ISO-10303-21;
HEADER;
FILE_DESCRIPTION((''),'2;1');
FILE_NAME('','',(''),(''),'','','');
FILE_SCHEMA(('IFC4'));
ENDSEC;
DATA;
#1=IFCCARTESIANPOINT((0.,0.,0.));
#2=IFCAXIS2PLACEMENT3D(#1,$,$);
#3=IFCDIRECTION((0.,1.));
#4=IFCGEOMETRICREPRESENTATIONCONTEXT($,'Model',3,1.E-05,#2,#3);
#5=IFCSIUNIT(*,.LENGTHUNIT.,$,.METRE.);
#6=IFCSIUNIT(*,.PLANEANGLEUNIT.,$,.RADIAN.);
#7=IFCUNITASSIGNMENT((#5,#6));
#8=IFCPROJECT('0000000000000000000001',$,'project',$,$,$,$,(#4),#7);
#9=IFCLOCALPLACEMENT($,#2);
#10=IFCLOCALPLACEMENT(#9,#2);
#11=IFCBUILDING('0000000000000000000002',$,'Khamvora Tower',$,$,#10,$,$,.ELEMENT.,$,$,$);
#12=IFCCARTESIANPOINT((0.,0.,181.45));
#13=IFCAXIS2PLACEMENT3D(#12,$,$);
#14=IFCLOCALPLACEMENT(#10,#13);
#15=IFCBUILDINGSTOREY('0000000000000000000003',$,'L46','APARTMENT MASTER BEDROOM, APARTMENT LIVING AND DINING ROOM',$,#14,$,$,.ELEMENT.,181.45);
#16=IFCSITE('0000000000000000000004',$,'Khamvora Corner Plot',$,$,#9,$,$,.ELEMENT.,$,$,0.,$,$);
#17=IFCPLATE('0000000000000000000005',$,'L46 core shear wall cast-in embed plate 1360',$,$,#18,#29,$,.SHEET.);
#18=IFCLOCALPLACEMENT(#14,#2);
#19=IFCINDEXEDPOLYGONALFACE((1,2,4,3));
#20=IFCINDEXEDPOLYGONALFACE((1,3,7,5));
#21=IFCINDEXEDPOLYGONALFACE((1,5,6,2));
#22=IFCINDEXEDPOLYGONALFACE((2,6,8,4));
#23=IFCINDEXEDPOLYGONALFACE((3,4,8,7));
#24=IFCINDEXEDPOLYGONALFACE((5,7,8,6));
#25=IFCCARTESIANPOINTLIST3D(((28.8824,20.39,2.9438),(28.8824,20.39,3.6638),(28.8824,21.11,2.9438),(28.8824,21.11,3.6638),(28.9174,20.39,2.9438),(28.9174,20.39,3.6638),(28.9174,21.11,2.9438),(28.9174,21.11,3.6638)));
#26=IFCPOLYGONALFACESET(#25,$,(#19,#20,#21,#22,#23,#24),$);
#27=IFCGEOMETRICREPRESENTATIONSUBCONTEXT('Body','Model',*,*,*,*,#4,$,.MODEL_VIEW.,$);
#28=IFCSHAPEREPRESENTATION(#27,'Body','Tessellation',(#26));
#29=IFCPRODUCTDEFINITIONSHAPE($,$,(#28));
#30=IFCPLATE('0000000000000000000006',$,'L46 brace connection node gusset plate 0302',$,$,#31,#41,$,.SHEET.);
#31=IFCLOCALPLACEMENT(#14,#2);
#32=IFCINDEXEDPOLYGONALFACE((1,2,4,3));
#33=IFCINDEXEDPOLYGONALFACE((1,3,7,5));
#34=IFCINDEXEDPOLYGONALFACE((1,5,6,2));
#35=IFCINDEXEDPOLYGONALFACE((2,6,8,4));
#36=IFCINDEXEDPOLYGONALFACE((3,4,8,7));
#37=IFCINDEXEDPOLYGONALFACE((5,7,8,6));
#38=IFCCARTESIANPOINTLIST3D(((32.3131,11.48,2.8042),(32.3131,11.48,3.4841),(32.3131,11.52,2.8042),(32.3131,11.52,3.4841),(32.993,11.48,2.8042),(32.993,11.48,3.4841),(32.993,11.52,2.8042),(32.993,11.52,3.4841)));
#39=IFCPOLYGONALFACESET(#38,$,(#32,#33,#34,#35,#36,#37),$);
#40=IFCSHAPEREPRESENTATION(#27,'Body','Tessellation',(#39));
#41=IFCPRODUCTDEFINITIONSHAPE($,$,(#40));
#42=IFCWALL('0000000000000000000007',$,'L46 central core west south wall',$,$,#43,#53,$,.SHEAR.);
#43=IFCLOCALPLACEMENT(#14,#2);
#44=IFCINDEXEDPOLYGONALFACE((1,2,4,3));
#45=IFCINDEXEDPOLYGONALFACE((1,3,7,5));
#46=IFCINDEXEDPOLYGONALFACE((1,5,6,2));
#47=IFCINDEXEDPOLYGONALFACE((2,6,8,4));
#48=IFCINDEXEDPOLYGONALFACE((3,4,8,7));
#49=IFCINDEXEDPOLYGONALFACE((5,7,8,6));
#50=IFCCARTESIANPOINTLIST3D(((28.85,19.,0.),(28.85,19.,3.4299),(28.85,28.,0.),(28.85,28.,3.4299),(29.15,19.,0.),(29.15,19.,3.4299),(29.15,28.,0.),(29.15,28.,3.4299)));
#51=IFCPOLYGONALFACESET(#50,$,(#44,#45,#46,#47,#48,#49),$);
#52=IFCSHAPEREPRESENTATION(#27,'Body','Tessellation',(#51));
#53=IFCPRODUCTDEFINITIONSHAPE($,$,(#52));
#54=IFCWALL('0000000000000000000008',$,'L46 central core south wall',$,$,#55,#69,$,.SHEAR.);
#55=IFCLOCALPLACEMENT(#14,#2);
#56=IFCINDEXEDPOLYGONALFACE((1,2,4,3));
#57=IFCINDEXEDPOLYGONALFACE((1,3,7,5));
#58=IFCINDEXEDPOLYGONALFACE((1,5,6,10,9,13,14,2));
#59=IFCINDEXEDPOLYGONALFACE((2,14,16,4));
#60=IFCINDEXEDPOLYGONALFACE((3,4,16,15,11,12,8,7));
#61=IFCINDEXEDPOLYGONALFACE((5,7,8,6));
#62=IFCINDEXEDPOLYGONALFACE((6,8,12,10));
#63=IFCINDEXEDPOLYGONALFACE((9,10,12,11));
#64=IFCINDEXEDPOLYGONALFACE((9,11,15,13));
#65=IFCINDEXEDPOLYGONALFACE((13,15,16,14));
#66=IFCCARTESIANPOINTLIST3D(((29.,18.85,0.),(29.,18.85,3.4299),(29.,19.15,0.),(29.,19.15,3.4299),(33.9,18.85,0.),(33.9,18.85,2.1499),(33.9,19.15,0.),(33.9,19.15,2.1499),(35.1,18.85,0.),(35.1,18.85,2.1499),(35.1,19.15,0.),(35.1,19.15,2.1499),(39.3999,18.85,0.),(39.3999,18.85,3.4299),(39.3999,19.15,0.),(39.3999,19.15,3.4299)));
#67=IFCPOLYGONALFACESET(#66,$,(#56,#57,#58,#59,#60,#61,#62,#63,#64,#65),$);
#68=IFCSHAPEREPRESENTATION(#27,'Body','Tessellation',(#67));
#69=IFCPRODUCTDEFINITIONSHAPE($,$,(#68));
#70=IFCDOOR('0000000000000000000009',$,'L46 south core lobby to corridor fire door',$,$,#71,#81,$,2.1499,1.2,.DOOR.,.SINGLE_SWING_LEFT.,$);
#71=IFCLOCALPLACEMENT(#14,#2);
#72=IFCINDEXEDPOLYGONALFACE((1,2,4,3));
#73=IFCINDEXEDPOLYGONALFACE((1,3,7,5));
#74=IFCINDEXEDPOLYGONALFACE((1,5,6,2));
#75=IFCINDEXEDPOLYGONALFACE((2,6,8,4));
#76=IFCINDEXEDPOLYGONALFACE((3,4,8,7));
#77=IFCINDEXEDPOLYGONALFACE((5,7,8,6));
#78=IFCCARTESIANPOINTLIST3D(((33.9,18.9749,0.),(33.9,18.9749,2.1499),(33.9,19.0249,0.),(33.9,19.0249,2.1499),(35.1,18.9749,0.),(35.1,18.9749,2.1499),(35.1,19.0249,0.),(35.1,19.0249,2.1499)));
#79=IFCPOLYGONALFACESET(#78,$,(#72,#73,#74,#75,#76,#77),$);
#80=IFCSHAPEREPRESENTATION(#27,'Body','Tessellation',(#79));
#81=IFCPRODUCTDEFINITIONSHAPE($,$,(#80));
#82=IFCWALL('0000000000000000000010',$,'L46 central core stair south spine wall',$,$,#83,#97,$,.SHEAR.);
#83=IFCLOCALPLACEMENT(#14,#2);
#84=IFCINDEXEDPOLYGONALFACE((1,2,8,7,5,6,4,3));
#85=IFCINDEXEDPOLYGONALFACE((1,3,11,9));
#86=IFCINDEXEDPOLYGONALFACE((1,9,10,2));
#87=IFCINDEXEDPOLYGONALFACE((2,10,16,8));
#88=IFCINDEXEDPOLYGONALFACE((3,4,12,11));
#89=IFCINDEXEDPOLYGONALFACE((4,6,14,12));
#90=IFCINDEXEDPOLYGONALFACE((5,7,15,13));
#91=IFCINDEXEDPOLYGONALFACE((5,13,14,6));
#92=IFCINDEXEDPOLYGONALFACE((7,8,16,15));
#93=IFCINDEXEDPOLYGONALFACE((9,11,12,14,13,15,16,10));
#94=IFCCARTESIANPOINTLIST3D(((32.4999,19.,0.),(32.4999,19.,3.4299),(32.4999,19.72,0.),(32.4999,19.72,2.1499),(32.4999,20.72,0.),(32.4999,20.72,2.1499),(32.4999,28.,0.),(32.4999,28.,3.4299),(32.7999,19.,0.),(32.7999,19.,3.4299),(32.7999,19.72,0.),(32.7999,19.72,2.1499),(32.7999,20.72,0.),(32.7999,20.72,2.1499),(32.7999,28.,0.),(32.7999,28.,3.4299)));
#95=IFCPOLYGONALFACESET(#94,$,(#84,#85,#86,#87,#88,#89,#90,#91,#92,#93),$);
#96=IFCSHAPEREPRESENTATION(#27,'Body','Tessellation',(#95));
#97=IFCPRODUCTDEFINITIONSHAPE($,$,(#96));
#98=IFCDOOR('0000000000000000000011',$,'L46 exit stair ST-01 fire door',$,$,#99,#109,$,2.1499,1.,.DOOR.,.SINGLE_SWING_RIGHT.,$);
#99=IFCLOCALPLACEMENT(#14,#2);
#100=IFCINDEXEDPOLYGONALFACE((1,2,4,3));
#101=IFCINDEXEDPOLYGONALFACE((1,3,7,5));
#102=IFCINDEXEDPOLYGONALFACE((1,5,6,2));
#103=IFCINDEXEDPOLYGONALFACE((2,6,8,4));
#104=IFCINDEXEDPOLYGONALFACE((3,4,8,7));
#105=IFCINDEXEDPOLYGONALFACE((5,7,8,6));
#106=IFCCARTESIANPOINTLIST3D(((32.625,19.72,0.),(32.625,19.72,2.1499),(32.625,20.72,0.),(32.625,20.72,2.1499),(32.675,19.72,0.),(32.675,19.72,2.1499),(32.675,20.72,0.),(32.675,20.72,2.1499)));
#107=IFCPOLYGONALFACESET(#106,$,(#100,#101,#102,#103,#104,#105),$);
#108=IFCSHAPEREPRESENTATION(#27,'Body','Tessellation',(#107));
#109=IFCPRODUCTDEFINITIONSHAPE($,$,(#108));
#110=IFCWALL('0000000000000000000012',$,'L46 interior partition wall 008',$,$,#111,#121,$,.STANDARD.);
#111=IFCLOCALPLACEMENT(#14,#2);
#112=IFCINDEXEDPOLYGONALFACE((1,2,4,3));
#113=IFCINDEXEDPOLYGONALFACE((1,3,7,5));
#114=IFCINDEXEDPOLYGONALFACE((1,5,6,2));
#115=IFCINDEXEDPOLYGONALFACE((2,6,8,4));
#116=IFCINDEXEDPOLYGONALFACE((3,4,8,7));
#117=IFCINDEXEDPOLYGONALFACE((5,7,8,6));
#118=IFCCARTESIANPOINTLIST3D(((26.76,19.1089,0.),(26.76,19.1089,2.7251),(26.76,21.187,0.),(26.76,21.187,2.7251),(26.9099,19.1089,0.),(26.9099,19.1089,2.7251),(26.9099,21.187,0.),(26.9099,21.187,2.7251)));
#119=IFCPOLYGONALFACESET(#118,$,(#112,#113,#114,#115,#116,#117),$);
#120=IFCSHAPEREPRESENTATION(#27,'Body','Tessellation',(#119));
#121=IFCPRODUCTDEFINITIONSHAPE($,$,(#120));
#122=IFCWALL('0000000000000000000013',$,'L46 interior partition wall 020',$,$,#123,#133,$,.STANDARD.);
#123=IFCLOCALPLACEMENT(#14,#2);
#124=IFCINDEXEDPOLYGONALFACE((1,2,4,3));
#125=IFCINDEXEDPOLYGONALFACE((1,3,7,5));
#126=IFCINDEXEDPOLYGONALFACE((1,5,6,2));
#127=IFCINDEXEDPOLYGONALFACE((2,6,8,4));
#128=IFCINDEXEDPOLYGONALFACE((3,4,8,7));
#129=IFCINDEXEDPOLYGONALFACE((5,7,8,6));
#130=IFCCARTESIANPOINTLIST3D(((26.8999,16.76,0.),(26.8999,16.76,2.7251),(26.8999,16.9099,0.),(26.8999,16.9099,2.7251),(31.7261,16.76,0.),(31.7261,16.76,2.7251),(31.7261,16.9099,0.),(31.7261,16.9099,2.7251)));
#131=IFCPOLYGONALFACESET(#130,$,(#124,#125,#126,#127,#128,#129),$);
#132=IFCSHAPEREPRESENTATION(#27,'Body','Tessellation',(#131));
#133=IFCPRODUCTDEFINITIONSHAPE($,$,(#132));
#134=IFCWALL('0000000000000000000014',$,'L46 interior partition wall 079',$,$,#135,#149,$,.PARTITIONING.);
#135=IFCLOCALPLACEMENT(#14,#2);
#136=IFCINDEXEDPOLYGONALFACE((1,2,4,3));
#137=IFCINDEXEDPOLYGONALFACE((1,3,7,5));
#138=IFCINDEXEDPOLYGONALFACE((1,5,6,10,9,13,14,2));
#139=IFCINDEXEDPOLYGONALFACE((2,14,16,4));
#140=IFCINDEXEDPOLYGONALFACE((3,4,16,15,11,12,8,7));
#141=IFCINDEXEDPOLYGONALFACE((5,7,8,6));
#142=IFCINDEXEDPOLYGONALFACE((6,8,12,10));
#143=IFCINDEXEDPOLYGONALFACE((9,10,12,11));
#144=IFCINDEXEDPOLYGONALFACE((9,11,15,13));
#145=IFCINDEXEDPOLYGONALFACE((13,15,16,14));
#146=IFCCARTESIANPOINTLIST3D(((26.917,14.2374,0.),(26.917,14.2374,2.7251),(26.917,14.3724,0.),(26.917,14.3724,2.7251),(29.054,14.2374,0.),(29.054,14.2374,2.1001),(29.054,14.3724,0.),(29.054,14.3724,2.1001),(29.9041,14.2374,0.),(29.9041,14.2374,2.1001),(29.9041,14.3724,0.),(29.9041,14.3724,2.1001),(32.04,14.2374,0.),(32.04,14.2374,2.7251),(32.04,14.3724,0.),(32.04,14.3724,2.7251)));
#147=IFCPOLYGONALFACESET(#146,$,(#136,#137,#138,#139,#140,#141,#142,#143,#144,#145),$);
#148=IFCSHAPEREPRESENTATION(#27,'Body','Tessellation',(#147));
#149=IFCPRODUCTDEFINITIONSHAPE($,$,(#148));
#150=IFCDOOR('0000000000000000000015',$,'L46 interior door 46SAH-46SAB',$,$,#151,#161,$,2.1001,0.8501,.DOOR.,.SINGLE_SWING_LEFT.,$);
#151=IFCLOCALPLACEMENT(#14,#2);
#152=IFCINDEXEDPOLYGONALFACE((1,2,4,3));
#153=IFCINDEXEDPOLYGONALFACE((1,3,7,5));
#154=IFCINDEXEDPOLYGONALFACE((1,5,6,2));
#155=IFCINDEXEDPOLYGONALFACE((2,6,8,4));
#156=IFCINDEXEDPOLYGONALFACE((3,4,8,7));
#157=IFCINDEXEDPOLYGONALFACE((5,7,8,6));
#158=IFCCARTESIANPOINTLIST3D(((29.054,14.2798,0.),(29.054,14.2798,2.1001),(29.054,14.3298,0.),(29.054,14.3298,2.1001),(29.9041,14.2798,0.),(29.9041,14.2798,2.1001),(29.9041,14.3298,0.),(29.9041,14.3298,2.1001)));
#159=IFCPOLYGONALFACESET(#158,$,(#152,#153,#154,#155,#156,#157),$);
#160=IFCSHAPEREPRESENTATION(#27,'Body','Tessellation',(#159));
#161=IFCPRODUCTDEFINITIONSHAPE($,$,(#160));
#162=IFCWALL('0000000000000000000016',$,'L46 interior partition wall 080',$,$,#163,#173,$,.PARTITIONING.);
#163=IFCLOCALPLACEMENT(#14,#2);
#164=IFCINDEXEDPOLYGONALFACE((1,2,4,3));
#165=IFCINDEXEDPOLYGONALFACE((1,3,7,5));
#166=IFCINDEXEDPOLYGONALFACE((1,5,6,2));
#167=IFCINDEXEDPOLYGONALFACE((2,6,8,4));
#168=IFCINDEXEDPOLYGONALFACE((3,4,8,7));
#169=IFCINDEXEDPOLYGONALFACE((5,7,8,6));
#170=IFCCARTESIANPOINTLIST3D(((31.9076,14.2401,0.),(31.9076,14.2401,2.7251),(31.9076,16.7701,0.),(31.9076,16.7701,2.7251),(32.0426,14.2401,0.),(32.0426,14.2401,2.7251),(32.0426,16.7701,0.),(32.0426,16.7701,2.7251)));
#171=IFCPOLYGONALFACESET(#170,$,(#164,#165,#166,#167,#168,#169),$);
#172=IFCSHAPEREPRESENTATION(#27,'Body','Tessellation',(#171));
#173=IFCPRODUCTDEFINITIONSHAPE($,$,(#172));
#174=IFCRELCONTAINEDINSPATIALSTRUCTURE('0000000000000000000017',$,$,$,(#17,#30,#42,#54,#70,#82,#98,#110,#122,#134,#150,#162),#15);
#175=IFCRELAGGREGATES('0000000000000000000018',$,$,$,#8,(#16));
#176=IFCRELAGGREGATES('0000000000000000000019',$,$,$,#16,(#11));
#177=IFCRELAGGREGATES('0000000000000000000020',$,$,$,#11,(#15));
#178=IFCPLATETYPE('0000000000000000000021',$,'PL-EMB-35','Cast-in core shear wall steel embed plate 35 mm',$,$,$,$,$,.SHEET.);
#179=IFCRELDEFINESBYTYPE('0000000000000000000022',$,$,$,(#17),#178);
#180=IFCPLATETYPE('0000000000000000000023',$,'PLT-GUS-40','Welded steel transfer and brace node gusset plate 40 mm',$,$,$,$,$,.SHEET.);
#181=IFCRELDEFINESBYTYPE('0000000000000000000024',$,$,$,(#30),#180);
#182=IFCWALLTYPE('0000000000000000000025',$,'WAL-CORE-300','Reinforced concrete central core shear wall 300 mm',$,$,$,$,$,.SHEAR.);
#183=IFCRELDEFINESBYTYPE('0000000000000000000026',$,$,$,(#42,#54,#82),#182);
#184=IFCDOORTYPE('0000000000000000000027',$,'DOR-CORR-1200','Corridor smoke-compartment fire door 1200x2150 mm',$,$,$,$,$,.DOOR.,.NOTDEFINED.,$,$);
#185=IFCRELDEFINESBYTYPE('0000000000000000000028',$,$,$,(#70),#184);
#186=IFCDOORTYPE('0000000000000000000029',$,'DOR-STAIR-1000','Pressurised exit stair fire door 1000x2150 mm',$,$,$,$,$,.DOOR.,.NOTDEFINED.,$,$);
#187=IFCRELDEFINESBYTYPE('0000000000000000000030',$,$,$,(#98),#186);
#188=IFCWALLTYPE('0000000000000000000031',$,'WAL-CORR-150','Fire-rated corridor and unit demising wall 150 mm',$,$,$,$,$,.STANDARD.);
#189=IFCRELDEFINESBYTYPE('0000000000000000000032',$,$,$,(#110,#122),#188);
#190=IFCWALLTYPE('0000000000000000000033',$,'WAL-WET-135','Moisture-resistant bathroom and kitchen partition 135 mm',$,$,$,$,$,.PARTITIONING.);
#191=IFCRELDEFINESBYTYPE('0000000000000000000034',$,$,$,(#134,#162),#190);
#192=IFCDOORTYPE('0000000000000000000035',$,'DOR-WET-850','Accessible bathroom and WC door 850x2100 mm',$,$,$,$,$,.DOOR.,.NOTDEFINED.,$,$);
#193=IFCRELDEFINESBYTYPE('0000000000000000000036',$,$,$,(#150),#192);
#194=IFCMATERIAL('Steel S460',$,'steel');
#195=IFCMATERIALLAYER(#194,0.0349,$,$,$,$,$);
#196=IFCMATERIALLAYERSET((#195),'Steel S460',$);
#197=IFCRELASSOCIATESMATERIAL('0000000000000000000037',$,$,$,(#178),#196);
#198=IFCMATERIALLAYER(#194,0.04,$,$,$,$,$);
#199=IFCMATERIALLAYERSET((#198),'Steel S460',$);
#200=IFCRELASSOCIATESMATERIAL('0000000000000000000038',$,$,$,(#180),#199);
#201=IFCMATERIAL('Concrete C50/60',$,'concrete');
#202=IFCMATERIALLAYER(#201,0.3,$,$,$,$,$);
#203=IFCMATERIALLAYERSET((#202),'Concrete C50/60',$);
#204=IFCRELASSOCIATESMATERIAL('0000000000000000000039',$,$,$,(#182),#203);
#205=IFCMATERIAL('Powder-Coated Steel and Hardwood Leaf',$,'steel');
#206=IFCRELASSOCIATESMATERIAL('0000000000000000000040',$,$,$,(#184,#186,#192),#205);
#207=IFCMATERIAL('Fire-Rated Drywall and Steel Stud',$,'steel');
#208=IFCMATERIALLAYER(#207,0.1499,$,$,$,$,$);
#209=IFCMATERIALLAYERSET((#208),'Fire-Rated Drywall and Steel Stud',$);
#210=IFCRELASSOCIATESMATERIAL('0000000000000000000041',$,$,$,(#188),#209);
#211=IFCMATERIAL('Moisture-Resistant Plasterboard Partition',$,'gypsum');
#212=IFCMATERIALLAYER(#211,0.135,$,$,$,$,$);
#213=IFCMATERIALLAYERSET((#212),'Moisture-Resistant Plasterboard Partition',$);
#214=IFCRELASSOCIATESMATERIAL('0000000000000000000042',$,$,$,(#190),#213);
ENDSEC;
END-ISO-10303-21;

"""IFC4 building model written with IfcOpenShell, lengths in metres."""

from ifc_helpers import new_model, si_unit, direction, frame, frame_2d, origin, origin_2d, place, context, subcontext, project, spatial, rectangle, extrude, material, layer, layer_set, type_object, element, fill, save


model = new_model("IFC4")

# Units and contexts
model_context = context("Model", 3, precision=1e-05, world=origin(), true_north=direction((0.0, 1.0)))
body_context = subcontext(model_context, "Body", "Model", "MODEL_VIEW")
ifc_project = project(units=[si_unit("LENGTHUNIT", "METRE"), si_unit("PLANEANGLEUNIT", "RADIAN")], contexts=[model_context])

# Site, building, storey
site_placement = place(None, origin())
site = spatial("IfcSite", under=ifc_project, at=site_placement, Name="Khamvora Corner Plot", CompositionType="ELEMENT", RefElevation=0.0)
building_placement = place(site_placement, origin())
building = spatial("IfcBuilding", under=site, at=building_placement, Name="Khamvora Tower", CompositionType="ELEMENT")
storey_placement = place(building_placement, frame((0.0, 0.0, 181.45)))
storey = spatial("IfcBuildingStorey", under=building, at=storey_placement, Name="L46", Description="APARTMENT MASTER BEDROOM, APARTMENT LIVING AND DINING ROOM", CompositionType="ELEMENT", Elevation=181.45)

# Shared definitions
ifc_material_1 = material(Name="Steel S460", Category="steel")

# Plates
ifc_layer_1 = layer(ifc_material_1, 0.0349)
ifc_layer_set_1 = layer_set([ifc_layer_1], Name="Steel S460")
plate_type_1 = type_object("IfcPlateType", Name="PL-EMB-35", Description="Cast-in core shear wall steel embed plate 35 mm", PredefinedType="SHEET", material=ifc_layer_set_1)
plate_1_placement = place(storey_placement, frame((28.8999, 20.75, 2.9438), z_axis=(0.0, 0.0, 1.0), x_axis=(1.0, 0.0, 0.0)))
element("IfcPlate", 1, at=plate_1_placement, inside=storey, type_object=plate_type_1, Name="L46 core shear wall cast-in embed plate 1360", PredefinedType="SHEET", context=body_context, shape_type="SweptSolid", body=[
    extrude(rectangle(XDim=0.0349, YDim=0.72, at=origin_2d()), origin(), (0.0, 0.0, 1.0), 0.72),
])
ifc_layer_2 = layer(ifc_material_1, 0.04)
ifc_layer_set_2 = layer_set([ifc_layer_2], Name="Steel S460")
plate_type_2 = type_object("IfcPlateType", Name="PLT-GUS-40", Description="Welded steel transfer and brace node gusset plate 40 mm", PredefinedType="SHEET", material=ifc_layer_set_2)
plate_2_placement = place(storey_placement, frame((32.6531, 11.5, 2.8042), z_axis=(0.0, 0.0, 1.0), x_axis=(1.0, 0.0, 0.0)))
element("IfcPlate", 2, at=plate_2_placement, inside=storey, type_object=plate_type_2, Name="L46 brace connection node gusset plate 0302", PredefinedType="SHEET", context=body_context, shape_type="SweptSolid", body=[
    extrude(rectangle(XDim=0.6799, YDim=0.04, at=origin_2d()), origin(), (0.0, 0.0, 1.0), 0.6799),
])

# Wall
ifc_material_2 = material(Name="Concrete C50/60", Category="concrete")
ifc_layer_3 = layer(ifc_material_2, 0.3)
ifc_layer_set_3 = layer_set([ifc_layer_3], Name="Concrete C50/60")
wall_type_1 = type_object("IfcWallType", Name="WAL-CORE-300", Description="Reinforced concrete central core shear wall 300 mm", PredefinedType="SHEAR", material=ifc_layer_set_3)
wall_1_placement = place(storey_placement, frame((29.0, 19.0, 0.0), z_axis=(0.0, 0.0, 1.0), x_axis=(0.0, 1.0, 0.0)))
element("IfcWall", 3, at=wall_1_placement, inside=storey, type_object=wall_type_1, Name="L46 central core west south wall", PredefinedType="SHEAR", context=body_context, shape_type="SweptSolid", body=[
    extrude(rectangle(XDim=9.0, YDim=0.3, at=frame_2d((4.5, 0.0))), origin(), (0.0, 0.0, 1.0), 3.4299),
])

# Walls, openings, doors
wall_2_placement = place(storey_placement, frame((29.0, 19.0, 0.0), z_axis=(0.0, 0.0, 1.0), x_axis=(1.0, 0.0, 0.0)))
wall_2 = element("IfcWall", 4, at=wall_2_placement, inside=storey, type_object=wall_type_1, Name="L46 central core south wall", PredefinedType="SHEAR", context=body_context, shape_type="SweptSolid", body=[
    extrude(rectangle(XDim=10.3999, YDim=0.3, at=frame_2d((5.2, 0.0))), origin(), (0.0, 0.0, 1.0), 3.4299),
])
opening_1_placement = place(wall_2_placement, frame((4.8999, 0.0, 0.0)))
opening_1 = element("IfcOpeningElement", 5, at=opening_1_placement, cuts=wall_2, PredefinedType="OPENING", context=body_context, shape_type="SweptSolid", body=[
    extrude(rectangle(XDim=1.2, YDim=2.1499, at=frame_2d((0.6001, 1.075))), frame((0.0, 0.1599, 0.0), z_axis=(0.0, -1.0, 0.0), x_axis=(1.0, 0.0, 0.0)), (0.0, 0.0, 1.0), 0.3201),
])
ifc_material_3 = material(Name="Powder-Coated Steel and Hardwood Leaf", Category="steel")
door_type_1 = type_object("IfcDoorType", Name="DOR-CORR-1200", Description="Corridor smoke-compartment fire door 1200x2150 mm", OperationType="NOTDEFINED", PredefinedType="DOOR", material=ifc_material_3)
door_1_placement = place(opening_1_placement, origin())
door_1 = element("IfcDoor", 6, at=door_1_placement, inside=storey, type_object=door_type_1, Name="L46 south core lobby to corridor fire door", OperationType="SINGLE_SWING_LEFT", OverallHeight=2.1499, OverallWidth=1.2, PredefinedType="DOOR", context=body_context, shape_type="SweptSolid", body=[
    extrude(rectangle(XDim=1.2, YDim=2.1499, at=frame_2d((0.6001, 1.075))), frame((0.0, 0.0249, 0.0), z_axis=(0.0, -1.0, 0.0), x_axis=(1.0, 0.0, 0.0)), (0.0, 0.0, 1.0), 0.05),
])
fill(opening_1, door_1)
wall_3_placement = place(storey_placement, frame((32.6499, 19.0, 0.0), z_axis=(0.0, 0.0, 1.0), x_axis=(0.0, 1.0, 0.0)))
wall_3 = element("IfcWall", 7, at=wall_3_placement, inside=storey, type_object=wall_type_1, Name="L46 central core stair south spine wall", PredefinedType="SHEAR", context=body_context, shape_type="SweptSolid", body=[
    extrude(rectangle(XDim=9.0, YDim=0.3, at=frame_2d((4.5, 0.0))), origin(), (0.0, 0.0, 1.0), 3.4299),
])
opening_2_placement = place(wall_3_placement, frame((0.72, 0.0, 0.0)))
opening_2 = element("IfcOpeningElement", 8, at=opening_2_placement, cuts=wall_3, PredefinedType="OPENING", context=body_context, shape_type="SweptSolid", body=[
    extrude(rectangle(XDim=1.0, YDim=2.1499, at=frame_2d((0.5, 1.075))), frame((0.0, 0.1599, 0.0), z_axis=(0.0, -1.0, 0.0), x_axis=(1.0, 0.0, 0.0)), (0.0, 0.0, 1.0), 0.3201),
])
door_type_2 = type_object("IfcDoorType", Name="DOR-STAIR-1000", Description="Pressurised exit stair fire door 1000x2150 mm", OperationType="NOTDEFINED", PredefinedType="DOOR", material=ifc_material_3)
door_2_placement = place(opening_2_placement, origin())
door_2 = element("IfcDoor", 9, at=door_2_placement, inside=storey, type_object=door_type_2, Name="L46 exit stair ST-01 fire door", OperationType="SINGLE_SWING_RIGHT", OverallHeight=2.1499, OverallWidth=1.0, PredefinedType="DOOR", context=body_context, shape_type="SweptSolid", body=[
    extrude(rectangle(XDim=1.0, YDim=2.1499, at=frame_2d((0.5, 1.075))), frame((0.0, 0.0249, 0.0), z_axis=(0.0, -1.0, 0.0), x_axis=(1.0, 0.0, 0.0)), (0.0, 0.0, 1.0), 0.05),
])
fill(opening_2, door_2)

# Walls
ifc_material_4 = material(Name="Fire-Rated Drywall and Steel Stud", Category="steel")
ifc_layer_4 = layer(ifc_material_4, 0.1499)
ifc_layer_set_4 = layer_set([ifc_layer_4], Name="Fire-Rated Drywall and Steel Stud")
wall_type_2 = type_object("IfcWallType", Name="WAL-CORR-150", Description="Fire-rated corridor and unit demising wall 150 mm", PredefinedType="STANDARD", material=ifc_layer_set_4)
wall_4_placement = place(storey_placement, frame((26.835, 19.1089, 0.0), z_axis=(0.0, 0.0, 1.0), x_axis=(0.0, 1.0, 0.0)))
element("IfcWall", 10, at=wall_4_placement, inside=storey, type_object=wall_type_2, Name="L46 interior partition wall 008", PredefinedType="STANDARD", context=body_context, shape_type="SweptSolid", body=[
    extrude(rectangle(XDim=2.0781, YDim=0.1499, at=frame_2d((1.0391, 0.0))), origin(), (0.0, 0.0, 1.0), 2.7251),
])
wall_5_placement = place(storey_placement, frame((31.7261, 16.835, 0.0), z_axis=(0.0, 0.0, 1.0), x_axis=(-1.0, 0.0, 0.0)))
element("IfcWall", 11, at=wall_5_placement, inside=storey, type_object=wall_type_2, Name="L46 interior partition wall 020", PredefinedType="STANDARD", context=body_context, shape_type="SweptSolid", body=[
    extrude(rectangle(XDim=4.8262, YDim=0.1499, at=frame_2d((2.4131, 0.0))), origin(), (0.0, 0.0, 1.0), 2.7251),
])

# Wall, opening, door
ifc_material_5 = material(Name="Moisture-Resistant Plasterboard Partition", Category="gypsum")
ifc_layer_5 = layer(ifc_material_5, 0.135)
ifc_layer_set_5 = layer_set([ifc_layer_5], Name="Moisture-Resistant Plasterboard Partition")
wall_type_3 = type_object("IfcWallType", Name="WAL-WET-135", Description="Moisture-resistant bathroom and kitchen partition 135 mm", PredefinedType="PARTITIONING", material=ifc_layer_set_5)
wall_6_placement = place(storey_placement, frame((26.917, 14.3049, 0.0), z_axis=(0.0, 0.0, 1.0), x_axis=(1.0, 0.0, 0.0)))
wall_6 = element("IfcWall", 12, at=wall_6_placement, inside=storey, type_object=wall_type_3, Name="L46 interior partition wall 079", PredefinedType="PARTITIONING", context=body_context, shape_type="SweptSolid", body=[
    extrude(rectangle(XDim=5.123, YDim=0.135, at=frame_2d((2.5615, 0.0))), origin(), (0.0, 0.0, 1.0), 2.7251),
])
opening_3_placement = place(wall_6_placement, frame((2.137, 0.0, 0.0)))
opening_3 = element("IfcOpeningElement", 13, at=opening_3_placement, cuts=wall_6, PredefinedType="OPENING", context=body_context, shape_type="SweptSolid", body=[
    extrude(rectangle(XDim=0.8501, YDim=2.1001, at=frame_2d((0.425, 1.05))), frame((0.0, 0.0774, 0.0), z_axis=(0.0, -1.0, 0.0), x_axis=(1.0, 0.0, 0.0)), (0.0, 0.0, 1.0), 0.155),
])
door_type_3 = type_object("IfcDoorType", Name="DOR-WET-850", Description="Accessible bathroom and WC door 850x2100 mm", OperationType="NOTDEFINED", PredefinedType="DOOR", material=ifc_material_3)
door_3_placement = place(opening_3_placement, origin())
door_3 = element("IfcDoor", 14, at=door_3_placement, inside=storey, type_object=door_type_3, Name="L46 interior door 46SAH-46SAB", OperationType="SINGLE_SWING_LEFT", OverallHeight=2.1001, OverallWidth=0.8501, PredefinedType="DOOR", context=body_context, shape_type="SweptSolid", body=[
    extrude(rectangle(XDim=0.8501, YDim=2.1001, at=frame_2d((0.425, 1.05))), frame((0.0, 0.0249, 0.0), z_axis=(0.0, -1.0, 0.0), x_axis=(1.0, 0.0, 0.0)), (0.0, 0.0, 1.0), 0.05),
])
fill(opening_3, door_3)

# Wall
wall_7_placement = place(storey_placement, frame((31.9751, 14.24, 0.0), z_axis=(0.0, 0.0, 1.0), x_axis=(0.0, 1.0, 0.0)))
element("IfcWall", 15, at=wall_7_placement, inside=storey, type_object=wall_type_3, Name="L46 interior partition wall 080", PredefinedType="PARTITIONING", context=body_context, shape_type="SweptSolid", body=[
    extrude(rectangle(XDim=2.53, YDim=0.135, at=frame_2d((1.2651, 0.0))), origin(), (0.0, 0.0, 1.0), 2.7251),
])

save(model, "model.ifc")
